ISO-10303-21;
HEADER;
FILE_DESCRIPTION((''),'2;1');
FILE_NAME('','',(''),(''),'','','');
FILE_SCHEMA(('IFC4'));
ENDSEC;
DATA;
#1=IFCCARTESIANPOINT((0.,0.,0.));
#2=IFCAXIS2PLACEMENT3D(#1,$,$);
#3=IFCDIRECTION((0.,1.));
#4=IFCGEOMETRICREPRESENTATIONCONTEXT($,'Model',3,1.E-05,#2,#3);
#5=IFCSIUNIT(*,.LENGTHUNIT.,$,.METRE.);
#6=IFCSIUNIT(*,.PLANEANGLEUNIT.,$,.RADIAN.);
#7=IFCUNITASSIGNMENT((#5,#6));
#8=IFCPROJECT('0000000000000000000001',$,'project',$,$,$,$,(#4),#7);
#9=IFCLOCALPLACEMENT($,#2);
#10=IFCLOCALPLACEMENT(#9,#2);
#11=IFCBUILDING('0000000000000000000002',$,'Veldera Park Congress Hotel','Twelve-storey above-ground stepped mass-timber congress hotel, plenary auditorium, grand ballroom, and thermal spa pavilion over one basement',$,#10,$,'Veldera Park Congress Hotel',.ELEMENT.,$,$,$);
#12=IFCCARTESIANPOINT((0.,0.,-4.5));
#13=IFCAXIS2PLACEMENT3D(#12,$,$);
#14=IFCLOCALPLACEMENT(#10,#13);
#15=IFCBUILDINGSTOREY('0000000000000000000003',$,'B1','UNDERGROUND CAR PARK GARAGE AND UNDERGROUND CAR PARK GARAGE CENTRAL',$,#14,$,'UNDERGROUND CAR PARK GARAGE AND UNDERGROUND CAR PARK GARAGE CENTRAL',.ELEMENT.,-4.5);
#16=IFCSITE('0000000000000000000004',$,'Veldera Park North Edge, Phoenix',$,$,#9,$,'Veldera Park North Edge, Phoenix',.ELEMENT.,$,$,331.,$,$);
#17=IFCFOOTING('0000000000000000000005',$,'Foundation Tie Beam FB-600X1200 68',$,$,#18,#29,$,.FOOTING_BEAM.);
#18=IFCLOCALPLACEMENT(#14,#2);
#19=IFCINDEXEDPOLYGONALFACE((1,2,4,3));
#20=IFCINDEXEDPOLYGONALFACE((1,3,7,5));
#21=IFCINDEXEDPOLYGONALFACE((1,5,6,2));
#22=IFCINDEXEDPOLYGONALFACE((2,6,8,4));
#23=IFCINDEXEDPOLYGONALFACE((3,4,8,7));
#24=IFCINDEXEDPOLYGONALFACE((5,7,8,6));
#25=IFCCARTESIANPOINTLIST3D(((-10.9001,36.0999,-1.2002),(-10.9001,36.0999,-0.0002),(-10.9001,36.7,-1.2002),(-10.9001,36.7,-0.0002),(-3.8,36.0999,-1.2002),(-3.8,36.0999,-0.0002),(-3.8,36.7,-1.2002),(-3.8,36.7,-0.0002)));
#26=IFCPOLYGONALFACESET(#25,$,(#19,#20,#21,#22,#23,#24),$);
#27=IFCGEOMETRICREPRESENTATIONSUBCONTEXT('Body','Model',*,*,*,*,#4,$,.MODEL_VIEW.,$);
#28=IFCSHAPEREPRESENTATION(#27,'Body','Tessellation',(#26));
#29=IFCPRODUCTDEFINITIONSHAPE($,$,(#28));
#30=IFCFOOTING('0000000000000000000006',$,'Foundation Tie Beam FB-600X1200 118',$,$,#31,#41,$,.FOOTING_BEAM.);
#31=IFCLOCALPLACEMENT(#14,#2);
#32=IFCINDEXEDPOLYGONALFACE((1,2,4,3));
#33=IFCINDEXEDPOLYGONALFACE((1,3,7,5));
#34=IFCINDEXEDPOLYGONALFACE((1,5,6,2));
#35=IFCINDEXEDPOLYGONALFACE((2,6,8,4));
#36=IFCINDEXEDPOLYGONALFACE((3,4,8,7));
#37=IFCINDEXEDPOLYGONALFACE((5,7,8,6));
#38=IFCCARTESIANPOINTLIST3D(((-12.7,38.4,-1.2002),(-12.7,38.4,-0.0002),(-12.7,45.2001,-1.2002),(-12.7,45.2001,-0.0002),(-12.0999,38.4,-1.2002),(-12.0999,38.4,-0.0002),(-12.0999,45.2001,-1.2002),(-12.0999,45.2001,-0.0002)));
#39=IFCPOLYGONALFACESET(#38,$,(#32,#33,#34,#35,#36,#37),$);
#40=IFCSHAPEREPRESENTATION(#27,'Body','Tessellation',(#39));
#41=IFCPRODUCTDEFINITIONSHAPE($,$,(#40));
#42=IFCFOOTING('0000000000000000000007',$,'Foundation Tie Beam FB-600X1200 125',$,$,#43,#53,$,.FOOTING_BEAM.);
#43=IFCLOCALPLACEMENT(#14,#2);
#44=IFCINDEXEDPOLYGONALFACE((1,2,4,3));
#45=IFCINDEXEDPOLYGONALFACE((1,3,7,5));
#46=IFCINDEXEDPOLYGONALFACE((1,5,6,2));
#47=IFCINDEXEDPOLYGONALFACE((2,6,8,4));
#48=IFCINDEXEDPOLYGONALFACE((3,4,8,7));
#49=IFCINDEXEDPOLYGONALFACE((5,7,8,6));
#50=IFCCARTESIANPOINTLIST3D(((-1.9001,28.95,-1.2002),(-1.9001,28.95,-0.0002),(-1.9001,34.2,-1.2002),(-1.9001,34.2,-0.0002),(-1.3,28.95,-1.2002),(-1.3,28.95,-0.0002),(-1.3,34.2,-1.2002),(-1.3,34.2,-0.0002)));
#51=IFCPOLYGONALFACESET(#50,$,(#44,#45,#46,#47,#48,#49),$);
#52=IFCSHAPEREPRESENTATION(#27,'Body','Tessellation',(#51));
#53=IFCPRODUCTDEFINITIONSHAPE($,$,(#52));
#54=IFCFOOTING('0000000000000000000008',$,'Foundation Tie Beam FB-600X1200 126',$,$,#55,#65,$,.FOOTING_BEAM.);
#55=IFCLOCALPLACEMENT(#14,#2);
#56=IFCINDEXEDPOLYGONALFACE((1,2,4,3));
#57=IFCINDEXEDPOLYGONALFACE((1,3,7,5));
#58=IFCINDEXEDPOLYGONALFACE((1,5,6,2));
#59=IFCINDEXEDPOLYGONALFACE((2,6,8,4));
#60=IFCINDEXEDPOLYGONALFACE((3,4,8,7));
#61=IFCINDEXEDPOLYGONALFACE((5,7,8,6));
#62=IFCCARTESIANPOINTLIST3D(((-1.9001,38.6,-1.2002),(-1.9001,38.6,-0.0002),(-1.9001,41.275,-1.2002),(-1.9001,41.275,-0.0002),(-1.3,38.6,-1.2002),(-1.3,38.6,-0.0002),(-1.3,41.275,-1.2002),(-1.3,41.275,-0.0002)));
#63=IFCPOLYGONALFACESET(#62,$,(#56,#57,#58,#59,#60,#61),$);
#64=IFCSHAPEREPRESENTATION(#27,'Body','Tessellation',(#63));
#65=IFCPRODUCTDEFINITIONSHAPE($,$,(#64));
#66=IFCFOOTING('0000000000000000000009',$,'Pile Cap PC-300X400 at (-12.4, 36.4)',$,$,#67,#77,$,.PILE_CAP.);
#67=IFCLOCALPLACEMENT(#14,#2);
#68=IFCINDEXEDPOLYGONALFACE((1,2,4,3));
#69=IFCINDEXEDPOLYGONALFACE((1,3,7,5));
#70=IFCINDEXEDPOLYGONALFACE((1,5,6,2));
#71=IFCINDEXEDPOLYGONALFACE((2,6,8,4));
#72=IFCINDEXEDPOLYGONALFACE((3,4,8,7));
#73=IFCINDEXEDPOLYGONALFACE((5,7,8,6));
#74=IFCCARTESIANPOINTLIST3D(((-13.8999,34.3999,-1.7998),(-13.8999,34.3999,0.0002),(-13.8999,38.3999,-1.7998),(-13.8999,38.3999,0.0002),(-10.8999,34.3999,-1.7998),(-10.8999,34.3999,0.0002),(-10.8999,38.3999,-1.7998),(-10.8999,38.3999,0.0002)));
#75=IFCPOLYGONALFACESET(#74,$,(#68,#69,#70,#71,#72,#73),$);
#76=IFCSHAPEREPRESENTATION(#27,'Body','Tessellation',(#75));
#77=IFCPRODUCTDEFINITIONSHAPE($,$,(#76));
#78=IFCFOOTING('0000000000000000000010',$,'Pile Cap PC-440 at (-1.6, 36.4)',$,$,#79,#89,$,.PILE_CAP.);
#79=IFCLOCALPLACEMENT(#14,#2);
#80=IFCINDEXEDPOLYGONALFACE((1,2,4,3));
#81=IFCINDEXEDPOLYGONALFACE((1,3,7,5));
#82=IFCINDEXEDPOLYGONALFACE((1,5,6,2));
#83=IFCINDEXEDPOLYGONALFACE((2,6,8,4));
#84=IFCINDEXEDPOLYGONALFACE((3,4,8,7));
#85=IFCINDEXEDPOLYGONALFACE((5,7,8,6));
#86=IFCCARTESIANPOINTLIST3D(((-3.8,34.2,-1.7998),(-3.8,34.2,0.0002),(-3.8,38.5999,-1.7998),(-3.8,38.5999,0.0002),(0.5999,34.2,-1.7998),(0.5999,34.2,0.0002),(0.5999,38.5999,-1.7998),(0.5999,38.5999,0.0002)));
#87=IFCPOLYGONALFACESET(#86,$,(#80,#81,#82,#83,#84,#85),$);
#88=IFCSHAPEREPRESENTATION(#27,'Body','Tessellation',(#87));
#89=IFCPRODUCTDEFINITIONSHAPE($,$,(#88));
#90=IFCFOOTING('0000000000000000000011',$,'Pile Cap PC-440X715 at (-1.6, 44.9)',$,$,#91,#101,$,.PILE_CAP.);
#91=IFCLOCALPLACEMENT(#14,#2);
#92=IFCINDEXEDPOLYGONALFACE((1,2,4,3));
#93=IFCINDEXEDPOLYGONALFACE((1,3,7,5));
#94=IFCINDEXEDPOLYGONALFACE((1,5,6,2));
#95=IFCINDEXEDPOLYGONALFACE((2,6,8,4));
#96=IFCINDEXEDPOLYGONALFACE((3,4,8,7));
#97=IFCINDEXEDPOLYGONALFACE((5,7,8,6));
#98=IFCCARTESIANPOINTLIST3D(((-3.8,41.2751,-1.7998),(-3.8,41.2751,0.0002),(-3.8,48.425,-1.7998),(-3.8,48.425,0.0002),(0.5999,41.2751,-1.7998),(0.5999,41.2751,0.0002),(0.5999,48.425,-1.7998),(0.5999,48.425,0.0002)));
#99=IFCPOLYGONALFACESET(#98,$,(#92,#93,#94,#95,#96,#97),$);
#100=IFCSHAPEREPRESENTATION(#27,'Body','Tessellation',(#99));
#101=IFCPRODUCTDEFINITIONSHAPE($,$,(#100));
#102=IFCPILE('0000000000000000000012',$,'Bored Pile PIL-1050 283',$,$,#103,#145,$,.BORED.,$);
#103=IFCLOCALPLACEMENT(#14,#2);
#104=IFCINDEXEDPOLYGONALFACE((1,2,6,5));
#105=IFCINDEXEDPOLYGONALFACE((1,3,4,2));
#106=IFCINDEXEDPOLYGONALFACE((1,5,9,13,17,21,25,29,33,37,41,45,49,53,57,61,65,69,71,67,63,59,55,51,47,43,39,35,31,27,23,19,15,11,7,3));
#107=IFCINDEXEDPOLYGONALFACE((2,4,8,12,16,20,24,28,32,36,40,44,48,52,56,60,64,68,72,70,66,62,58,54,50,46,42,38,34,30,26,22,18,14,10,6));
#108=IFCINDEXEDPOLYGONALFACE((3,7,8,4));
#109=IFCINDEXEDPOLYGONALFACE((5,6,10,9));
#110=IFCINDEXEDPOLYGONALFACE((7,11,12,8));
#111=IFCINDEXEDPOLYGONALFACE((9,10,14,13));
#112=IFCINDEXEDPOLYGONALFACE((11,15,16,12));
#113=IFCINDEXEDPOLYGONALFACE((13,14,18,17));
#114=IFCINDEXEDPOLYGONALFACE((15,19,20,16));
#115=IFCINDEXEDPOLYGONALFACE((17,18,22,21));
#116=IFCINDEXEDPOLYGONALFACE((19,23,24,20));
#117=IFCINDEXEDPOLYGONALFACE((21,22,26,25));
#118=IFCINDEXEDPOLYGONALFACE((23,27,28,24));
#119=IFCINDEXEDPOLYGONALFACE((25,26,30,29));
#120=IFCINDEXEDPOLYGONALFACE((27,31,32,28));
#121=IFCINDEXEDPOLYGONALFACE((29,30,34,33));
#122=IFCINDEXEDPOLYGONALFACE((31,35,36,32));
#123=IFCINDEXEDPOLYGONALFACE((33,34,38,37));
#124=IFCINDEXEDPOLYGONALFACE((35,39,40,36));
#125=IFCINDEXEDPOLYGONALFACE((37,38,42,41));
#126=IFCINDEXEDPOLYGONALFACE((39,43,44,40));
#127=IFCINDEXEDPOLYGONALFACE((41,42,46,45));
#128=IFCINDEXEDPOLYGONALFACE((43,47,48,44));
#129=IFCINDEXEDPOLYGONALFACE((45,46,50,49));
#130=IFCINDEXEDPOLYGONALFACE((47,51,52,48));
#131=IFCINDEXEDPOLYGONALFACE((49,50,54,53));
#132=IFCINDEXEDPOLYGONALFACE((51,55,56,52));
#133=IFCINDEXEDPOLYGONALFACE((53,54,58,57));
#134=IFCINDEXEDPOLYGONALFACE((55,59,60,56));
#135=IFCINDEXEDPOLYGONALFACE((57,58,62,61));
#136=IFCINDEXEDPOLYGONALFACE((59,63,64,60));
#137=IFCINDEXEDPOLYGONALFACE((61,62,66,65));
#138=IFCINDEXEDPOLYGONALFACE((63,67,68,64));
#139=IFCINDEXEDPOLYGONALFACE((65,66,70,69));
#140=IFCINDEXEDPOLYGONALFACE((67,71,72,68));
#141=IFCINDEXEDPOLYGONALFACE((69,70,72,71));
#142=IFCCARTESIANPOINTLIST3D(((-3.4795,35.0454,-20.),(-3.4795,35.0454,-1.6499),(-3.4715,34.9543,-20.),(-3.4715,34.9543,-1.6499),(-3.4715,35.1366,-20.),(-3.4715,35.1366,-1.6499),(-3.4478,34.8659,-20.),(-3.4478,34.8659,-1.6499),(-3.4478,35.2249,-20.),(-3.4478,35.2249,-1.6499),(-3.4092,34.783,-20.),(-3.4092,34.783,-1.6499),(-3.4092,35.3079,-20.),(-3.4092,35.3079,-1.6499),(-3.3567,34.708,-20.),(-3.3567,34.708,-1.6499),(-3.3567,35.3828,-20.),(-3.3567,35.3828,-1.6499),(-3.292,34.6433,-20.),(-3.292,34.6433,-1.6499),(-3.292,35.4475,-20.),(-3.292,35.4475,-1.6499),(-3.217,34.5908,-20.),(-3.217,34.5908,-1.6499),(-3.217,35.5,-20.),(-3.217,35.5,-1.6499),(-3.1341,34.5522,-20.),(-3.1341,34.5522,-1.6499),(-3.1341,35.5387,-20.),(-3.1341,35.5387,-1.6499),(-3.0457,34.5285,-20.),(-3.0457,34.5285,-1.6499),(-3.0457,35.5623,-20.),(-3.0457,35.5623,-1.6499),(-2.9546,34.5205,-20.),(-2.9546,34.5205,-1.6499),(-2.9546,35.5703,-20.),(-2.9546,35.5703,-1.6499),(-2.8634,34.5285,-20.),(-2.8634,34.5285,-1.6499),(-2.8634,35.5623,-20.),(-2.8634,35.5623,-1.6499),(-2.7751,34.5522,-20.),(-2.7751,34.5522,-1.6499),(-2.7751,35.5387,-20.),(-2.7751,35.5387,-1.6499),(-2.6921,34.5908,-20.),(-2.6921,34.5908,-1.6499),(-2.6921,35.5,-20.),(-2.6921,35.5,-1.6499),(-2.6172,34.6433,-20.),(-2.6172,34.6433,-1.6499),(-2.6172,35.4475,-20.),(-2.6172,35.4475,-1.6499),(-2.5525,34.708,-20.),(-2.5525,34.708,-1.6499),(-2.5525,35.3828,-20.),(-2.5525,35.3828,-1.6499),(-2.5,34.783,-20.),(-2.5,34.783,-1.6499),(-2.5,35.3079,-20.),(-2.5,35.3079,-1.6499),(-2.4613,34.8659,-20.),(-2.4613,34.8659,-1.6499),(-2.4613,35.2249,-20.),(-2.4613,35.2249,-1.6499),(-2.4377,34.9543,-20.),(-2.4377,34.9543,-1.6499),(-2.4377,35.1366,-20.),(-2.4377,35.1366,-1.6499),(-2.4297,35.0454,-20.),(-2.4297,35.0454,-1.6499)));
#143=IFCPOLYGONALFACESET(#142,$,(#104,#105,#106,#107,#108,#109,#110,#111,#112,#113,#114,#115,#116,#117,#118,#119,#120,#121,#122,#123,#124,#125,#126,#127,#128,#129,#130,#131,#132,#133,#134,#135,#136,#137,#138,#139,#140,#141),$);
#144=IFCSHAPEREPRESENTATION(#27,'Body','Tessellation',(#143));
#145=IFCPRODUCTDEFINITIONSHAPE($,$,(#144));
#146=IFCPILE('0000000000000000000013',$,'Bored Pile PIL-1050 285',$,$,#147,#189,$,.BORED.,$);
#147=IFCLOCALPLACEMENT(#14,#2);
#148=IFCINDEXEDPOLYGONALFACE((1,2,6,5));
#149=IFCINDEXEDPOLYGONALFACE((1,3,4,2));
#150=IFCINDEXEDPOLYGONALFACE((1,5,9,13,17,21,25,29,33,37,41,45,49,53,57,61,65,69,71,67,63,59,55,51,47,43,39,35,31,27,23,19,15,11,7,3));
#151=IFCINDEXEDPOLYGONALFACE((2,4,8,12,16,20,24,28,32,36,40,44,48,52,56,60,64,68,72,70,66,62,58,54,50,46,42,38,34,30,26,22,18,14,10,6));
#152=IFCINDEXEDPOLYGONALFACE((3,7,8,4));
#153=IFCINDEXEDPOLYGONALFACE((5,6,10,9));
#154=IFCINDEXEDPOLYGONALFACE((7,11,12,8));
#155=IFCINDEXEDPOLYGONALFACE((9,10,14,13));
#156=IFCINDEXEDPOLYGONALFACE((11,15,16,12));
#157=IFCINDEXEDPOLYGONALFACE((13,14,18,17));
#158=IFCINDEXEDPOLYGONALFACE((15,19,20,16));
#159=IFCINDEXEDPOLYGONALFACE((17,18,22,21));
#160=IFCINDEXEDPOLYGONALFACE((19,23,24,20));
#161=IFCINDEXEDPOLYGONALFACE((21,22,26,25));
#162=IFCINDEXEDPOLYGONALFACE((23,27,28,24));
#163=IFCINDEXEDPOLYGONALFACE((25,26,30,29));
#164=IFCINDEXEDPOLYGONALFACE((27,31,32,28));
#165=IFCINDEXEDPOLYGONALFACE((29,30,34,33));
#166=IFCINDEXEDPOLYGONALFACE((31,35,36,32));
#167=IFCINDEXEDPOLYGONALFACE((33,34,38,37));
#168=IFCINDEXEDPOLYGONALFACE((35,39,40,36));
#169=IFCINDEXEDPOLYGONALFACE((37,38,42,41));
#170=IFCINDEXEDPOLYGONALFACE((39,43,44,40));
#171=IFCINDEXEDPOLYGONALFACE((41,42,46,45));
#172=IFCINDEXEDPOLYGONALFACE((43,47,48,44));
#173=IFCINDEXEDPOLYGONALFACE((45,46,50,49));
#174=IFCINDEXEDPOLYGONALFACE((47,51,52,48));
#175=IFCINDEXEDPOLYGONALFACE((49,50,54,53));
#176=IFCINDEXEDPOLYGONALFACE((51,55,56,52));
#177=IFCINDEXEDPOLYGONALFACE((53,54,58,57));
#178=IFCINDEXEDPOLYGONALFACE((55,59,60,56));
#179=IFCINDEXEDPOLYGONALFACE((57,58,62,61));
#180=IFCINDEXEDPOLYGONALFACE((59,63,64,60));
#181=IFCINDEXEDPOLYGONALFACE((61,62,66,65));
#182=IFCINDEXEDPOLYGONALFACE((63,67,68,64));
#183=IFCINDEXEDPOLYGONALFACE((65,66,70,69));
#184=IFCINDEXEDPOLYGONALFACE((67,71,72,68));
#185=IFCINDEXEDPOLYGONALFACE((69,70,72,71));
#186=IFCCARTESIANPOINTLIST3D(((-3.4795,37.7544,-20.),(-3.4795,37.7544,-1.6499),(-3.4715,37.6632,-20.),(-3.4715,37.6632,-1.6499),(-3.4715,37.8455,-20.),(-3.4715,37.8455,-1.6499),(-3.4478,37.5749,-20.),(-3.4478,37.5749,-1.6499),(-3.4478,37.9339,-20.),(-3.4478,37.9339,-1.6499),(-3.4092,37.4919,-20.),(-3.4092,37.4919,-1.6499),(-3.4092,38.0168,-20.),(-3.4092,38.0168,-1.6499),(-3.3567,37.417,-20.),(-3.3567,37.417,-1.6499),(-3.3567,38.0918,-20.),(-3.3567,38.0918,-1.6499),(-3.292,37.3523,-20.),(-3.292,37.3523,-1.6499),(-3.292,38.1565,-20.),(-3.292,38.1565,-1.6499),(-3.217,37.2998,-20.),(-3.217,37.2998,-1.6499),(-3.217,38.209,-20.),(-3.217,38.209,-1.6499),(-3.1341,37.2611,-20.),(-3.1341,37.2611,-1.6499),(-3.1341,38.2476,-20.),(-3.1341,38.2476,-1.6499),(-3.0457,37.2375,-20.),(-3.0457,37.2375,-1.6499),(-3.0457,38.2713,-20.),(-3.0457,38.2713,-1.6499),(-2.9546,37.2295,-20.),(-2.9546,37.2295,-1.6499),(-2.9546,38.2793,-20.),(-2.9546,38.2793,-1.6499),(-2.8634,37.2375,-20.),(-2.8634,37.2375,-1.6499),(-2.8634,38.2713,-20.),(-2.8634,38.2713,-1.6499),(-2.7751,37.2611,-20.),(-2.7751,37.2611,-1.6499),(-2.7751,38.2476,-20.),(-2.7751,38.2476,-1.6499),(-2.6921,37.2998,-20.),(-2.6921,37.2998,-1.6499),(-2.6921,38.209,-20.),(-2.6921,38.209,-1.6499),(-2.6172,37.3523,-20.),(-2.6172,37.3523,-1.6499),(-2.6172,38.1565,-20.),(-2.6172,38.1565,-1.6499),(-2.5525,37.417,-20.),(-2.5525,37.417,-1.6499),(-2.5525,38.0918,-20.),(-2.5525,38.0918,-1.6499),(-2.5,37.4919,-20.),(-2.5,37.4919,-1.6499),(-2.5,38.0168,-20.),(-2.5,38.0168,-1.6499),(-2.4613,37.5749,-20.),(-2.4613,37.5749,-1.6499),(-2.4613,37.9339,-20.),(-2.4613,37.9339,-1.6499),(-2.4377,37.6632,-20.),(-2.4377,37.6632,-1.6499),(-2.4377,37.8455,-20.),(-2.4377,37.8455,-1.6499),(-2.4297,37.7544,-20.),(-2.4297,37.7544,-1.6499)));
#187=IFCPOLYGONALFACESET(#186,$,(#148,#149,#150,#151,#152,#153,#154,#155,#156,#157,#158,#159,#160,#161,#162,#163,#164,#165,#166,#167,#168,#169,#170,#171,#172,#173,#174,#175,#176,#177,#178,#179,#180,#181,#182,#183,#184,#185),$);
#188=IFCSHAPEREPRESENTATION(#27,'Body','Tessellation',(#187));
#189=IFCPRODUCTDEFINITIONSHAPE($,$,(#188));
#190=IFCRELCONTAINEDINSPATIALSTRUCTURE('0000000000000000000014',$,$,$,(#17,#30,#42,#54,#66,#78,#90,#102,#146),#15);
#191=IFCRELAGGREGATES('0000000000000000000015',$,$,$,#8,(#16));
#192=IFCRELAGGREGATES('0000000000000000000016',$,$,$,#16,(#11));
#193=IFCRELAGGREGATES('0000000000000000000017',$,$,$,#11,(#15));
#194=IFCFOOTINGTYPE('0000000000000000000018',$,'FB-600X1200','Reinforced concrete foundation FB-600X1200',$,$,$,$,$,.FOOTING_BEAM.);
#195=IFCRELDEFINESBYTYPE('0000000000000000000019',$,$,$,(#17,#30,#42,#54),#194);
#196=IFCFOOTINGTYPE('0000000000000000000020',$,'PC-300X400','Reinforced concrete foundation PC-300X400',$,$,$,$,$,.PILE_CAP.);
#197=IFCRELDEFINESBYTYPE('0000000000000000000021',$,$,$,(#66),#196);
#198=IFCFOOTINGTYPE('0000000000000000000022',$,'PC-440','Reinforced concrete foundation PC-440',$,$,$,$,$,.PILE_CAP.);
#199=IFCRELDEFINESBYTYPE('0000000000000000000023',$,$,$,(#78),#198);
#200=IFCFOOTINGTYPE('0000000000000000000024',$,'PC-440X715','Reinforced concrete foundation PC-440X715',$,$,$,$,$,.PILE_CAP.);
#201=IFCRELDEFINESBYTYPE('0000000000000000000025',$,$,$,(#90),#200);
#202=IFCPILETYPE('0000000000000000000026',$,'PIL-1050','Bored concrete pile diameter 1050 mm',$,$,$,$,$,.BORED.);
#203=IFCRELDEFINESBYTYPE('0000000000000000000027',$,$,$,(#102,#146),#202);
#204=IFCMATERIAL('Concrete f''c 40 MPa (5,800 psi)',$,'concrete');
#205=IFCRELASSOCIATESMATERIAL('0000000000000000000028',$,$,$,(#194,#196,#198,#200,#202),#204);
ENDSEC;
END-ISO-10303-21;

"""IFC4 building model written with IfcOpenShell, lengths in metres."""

from ifc_helpers import new_model, si_unit, direction, frame, origin, origin_2d, place, context, subcontext, project, spatial, rectangle, circle, extrude, material, material_profile, profile_set, type_object, element, save


model = new_model("IFC4")

# Units and contexts
model_context = context("Model", 3, precision=1e-05, world=origin(), true_north=direction((0.0, 1.0)))
body_context = subcontext(model_context, "Body", "Model", "MODEL_VIEW")
ifc_project = project(units=[si_unit("LENGTHUNIT", "METRE"), si_unit("PLANEANGLEUNIT", "RADIAN")], contexts=[model_context])

# Site, building, storey
site_placement = place(None, origin())
site = spatial("IfcSite", under=ifc_project, at=site_placement, Name="Veldera Park North Edge, Phoenix", LongName="Veldera Park North Edge, Phoenix", CompositionType="ELEMENT", RefElevation=331.0)
building_placement = place(site_placement, origin())
building = spatial("IfcBuilding", under=site, at=building_placement, Name="Veldera Park Congress Hotel", Description="Twelve-storey above-ground stepped mass-timber congress hotel, plenary auditorium, grand ballroom, and thermal spa pavilion over one basement", LongName="Veldera Park Congress Hotel", CompositionType="ELEMENT")
storey_placement = place(building_placement, frame((0.0, 0.0, -4.5)))
storey = spatial("IfcBuildingStorey", under=building, at=storey_placement, Name="B1", Description="UNDERGROUND CAR PARK GARAGE AND UNDERGROUND CAR PARK GARAGE CENTRAL", LongName="UNDERGROUND CAR PARK GARAGE AND UNDERGROUND CAR PARK GARAGE CENTRAL", CompositionType="ELEMENT", Elevation=-4.5)

# Footings
ifc_material_1 = material(Name="Concrete f'c 40 MPa (5,800 psi)", Category="concrete")
footing_type_1 = type_object("IfcFootingType", Name="FB-600X1200", Description="Reinforced concrete foundation FB-600X1200", PredefinedType="FOOTING_BEAM", material=ifc_material_1)
footing_1_placement = place(storey_placement, frame((-7.3501, 36.3999, -1.2002), z_axis=(0.0, 0.0, 1.0), x_axis=(1.0, 0.0, 0.0)))
element("IfcFooting", 1, at=footing_1_placement, inside=storey, type_object=footing_type_1, Name="Foundation Tie Beam FB-600X1200 68", PredefinedType="FOOTING_BEAM", context=body_context, shape_type="SweptSolid", body=[
    extrude(rectangle(XDim=7.1001, YDim=0.6001, at=origin_2d()), origin(), (0.0, 0.0, 1.0), 1.2),
])
footing_2_placement = place(storey_placement, frame((-12.3999, 41.8, -1.2002), z_axis=(0.0, 0.0, 1.0), x_axis=(0.0, 1.0, 0.0)))
element("IfcFooting", 2, at=footing_2_placement, inside=storey, type_object=footing_type_1, Name="Foundation Tie Beam FB-600X1200 118", PredefinedType="FOOTING_BEAM", context=body_context, shape_type="SweptSolid", body=[
    extrude(rectangle(XDim=6.8, YDim=0.6001, at=origin_2d()), origin(), (0.0, 0.0, 1.0), 1.2),
])
footing_3_placement = place(storey_placement, frame((-1.6001, 31.575, -1.2002), z_axis=(0.0, 0.0, 1.0), x_axis=(0.0, 1.0, 0.0)))
element("IfcFooting", 3, at=footing_3_placement, inside=storey, type_object=footing_type_1, Name="Foundation Tie Beam FB-600X1200 125", PredefinedType="FOOTING_BEAM", context=body_context, shape_type="SweptSolid", body=[
    extrude(rectangle(XDim=5.25, YDim=0.6001, at=origin_2d()), origin(), (0.0, 0.0, 1.0), 1.2),
])
footing_4_placement = place(storey_placement, frame((-1.6001, 39.9375, -1.2002), z_axis=(0.0, 0.0, 1.0), x_axis=(0.0, 1.0, 0.0)))
element("IfcFooting", 4, at=footing_4_placement, inside=storey, type_object=footing_type_1, Name="Foundation Tie Beam FB-600X1200 126", PredefinedType="FOOTING_BEAM", context=body_context, shape_type="SweptSolid", body=[
    extrude(rectangle(XDim=2.675, YDim=0.6001, at=origin_2d()), origin(), (0.0, 0.0, 1.0), 1.2),
])
footing_type_2 = type_object("IfcFootingType", Name="PC-300X400", Description="Reinforced concrete foundation PC-300X400", PredefinedType="PILE_CAP", material=ifc_material_1)
footing_5_placement = place(storey_placement, frame((-12.3999, 36.3999, -1.7998), z_axis=(0.0, 0.0, 1.0), x_axis=(1.0, 0.0, 0.0)))
element("IfcFooting", 5, at=footing_5_placement, inside=storey, type_object=footing_type_2, Name="Pile Cap PC-300X400 at (-12.4, 36.4)", PredefinedType="PILE_CAP", context=body_context, shape_type="SweptSolid", body=[
    extrude(rectangle(XDim=3.0, YDim=4.0, at=origin_2d()), origin(), (0.0, 0.0, 1.0), 1.8),
])
footing_type_3 = type_object("IfcFootingType", Name="PC-440", Description="Reinforced concrete foundation PC-440", PredefinedType="PILE_CAP", material=ifc_material_1)
footing_6_placement = place(storey_placement, frame((-1.6001, 36.3999, -1.7998), z_axis=(0.0, 0.0, 1.0), x_axis=(1.0, 0.0, 0.0)))
element("IfcFooting", 6, at=footing_6_placement, inside=storey, type_object=footing_type_3, Name="Pile Cap PC-440 at (-1.6, 36.4)", PredefinedType="PILE_CAP", context=body_context, shape_type="SweptSolid", body=[
    extrude(rectangle(XDim=4.3999, YDim=4.3999, at=origin_2d()), origin(), (0.0, 0.0, 1.0), 1.8),
])
footing_type_4 = type_object("IfcFootingType", Name="PC-440X715", Description="Reinforced concrete foundation PC-440X715", PredefinedType="PILE_CAP", material=ifc_material_1)
footing_7_placement = place(storey_placement, frame((-1.6001, 44.8501, -1.7998), z_axis=(0.0, 0.0, 1.0), x_axis=(1.0, 0.0, 0.0)))
element("IfcFooting", 7, at=footing_7_placement, inside=storey, type_object=footing_type_4, Name="Pile Cap PC-440X715 at (-1.6, 44.9)", PredefinedType="PILE_CAP", context=body_context, shape_type="SweptSolid", body=[
    extrude(rectangle(XDim=4.3999, YDim=7.1499, at=origin_2d()), origin(), (0.0, 0.0, 1.0), 1.8),
])

# Piles
ifc_material_profile_1 = material_profile(ifc_material_1, circle(Radius=0.5249, at=origin_2d()), Name="PILE D1050")
ifc_profile_set_1 = profile_set([ifc_material_profile_1], Name="Concrete f'c 40 MPa (5,800 psi)")
pile_type_1 = type_object("IfcPileType", Name="PIL-1050", Description="Bored concrete pile diameter 1050 mm", PredefinedType="BORED", material=ifc_profile_set_1)
for number, where, z_axis, x_axis, name in (
    (8, (-2.9546, 35.0454, -1.6499), (0.0, 0.0, -1.0), (1.0, 0.0, 0.0), "Bored Pile PIL-1050 283"),
    (9, (-2.9546, 37.7544, -1.6499), (0.0, 0.0, -1.0), (1.0, 0.0, 0.0), "Bored Pile PIL-1050 285"),
):
    element("IfcPile", number, at=place(storey_placement, frame(where, z_axis=z_axis, x_axis=x_axis)), inside=storey, type_object=pile_type_1, Name=name, PredefinedType="BORED", context=body_context, shape_type="SweptSolid", body=[
        extrude(circle(Radius=0.5249, at=origin_2d()), origin(), (0.0, 0.0, 1.0), 18.3501),
    ])

save(model, "model.ifc")
